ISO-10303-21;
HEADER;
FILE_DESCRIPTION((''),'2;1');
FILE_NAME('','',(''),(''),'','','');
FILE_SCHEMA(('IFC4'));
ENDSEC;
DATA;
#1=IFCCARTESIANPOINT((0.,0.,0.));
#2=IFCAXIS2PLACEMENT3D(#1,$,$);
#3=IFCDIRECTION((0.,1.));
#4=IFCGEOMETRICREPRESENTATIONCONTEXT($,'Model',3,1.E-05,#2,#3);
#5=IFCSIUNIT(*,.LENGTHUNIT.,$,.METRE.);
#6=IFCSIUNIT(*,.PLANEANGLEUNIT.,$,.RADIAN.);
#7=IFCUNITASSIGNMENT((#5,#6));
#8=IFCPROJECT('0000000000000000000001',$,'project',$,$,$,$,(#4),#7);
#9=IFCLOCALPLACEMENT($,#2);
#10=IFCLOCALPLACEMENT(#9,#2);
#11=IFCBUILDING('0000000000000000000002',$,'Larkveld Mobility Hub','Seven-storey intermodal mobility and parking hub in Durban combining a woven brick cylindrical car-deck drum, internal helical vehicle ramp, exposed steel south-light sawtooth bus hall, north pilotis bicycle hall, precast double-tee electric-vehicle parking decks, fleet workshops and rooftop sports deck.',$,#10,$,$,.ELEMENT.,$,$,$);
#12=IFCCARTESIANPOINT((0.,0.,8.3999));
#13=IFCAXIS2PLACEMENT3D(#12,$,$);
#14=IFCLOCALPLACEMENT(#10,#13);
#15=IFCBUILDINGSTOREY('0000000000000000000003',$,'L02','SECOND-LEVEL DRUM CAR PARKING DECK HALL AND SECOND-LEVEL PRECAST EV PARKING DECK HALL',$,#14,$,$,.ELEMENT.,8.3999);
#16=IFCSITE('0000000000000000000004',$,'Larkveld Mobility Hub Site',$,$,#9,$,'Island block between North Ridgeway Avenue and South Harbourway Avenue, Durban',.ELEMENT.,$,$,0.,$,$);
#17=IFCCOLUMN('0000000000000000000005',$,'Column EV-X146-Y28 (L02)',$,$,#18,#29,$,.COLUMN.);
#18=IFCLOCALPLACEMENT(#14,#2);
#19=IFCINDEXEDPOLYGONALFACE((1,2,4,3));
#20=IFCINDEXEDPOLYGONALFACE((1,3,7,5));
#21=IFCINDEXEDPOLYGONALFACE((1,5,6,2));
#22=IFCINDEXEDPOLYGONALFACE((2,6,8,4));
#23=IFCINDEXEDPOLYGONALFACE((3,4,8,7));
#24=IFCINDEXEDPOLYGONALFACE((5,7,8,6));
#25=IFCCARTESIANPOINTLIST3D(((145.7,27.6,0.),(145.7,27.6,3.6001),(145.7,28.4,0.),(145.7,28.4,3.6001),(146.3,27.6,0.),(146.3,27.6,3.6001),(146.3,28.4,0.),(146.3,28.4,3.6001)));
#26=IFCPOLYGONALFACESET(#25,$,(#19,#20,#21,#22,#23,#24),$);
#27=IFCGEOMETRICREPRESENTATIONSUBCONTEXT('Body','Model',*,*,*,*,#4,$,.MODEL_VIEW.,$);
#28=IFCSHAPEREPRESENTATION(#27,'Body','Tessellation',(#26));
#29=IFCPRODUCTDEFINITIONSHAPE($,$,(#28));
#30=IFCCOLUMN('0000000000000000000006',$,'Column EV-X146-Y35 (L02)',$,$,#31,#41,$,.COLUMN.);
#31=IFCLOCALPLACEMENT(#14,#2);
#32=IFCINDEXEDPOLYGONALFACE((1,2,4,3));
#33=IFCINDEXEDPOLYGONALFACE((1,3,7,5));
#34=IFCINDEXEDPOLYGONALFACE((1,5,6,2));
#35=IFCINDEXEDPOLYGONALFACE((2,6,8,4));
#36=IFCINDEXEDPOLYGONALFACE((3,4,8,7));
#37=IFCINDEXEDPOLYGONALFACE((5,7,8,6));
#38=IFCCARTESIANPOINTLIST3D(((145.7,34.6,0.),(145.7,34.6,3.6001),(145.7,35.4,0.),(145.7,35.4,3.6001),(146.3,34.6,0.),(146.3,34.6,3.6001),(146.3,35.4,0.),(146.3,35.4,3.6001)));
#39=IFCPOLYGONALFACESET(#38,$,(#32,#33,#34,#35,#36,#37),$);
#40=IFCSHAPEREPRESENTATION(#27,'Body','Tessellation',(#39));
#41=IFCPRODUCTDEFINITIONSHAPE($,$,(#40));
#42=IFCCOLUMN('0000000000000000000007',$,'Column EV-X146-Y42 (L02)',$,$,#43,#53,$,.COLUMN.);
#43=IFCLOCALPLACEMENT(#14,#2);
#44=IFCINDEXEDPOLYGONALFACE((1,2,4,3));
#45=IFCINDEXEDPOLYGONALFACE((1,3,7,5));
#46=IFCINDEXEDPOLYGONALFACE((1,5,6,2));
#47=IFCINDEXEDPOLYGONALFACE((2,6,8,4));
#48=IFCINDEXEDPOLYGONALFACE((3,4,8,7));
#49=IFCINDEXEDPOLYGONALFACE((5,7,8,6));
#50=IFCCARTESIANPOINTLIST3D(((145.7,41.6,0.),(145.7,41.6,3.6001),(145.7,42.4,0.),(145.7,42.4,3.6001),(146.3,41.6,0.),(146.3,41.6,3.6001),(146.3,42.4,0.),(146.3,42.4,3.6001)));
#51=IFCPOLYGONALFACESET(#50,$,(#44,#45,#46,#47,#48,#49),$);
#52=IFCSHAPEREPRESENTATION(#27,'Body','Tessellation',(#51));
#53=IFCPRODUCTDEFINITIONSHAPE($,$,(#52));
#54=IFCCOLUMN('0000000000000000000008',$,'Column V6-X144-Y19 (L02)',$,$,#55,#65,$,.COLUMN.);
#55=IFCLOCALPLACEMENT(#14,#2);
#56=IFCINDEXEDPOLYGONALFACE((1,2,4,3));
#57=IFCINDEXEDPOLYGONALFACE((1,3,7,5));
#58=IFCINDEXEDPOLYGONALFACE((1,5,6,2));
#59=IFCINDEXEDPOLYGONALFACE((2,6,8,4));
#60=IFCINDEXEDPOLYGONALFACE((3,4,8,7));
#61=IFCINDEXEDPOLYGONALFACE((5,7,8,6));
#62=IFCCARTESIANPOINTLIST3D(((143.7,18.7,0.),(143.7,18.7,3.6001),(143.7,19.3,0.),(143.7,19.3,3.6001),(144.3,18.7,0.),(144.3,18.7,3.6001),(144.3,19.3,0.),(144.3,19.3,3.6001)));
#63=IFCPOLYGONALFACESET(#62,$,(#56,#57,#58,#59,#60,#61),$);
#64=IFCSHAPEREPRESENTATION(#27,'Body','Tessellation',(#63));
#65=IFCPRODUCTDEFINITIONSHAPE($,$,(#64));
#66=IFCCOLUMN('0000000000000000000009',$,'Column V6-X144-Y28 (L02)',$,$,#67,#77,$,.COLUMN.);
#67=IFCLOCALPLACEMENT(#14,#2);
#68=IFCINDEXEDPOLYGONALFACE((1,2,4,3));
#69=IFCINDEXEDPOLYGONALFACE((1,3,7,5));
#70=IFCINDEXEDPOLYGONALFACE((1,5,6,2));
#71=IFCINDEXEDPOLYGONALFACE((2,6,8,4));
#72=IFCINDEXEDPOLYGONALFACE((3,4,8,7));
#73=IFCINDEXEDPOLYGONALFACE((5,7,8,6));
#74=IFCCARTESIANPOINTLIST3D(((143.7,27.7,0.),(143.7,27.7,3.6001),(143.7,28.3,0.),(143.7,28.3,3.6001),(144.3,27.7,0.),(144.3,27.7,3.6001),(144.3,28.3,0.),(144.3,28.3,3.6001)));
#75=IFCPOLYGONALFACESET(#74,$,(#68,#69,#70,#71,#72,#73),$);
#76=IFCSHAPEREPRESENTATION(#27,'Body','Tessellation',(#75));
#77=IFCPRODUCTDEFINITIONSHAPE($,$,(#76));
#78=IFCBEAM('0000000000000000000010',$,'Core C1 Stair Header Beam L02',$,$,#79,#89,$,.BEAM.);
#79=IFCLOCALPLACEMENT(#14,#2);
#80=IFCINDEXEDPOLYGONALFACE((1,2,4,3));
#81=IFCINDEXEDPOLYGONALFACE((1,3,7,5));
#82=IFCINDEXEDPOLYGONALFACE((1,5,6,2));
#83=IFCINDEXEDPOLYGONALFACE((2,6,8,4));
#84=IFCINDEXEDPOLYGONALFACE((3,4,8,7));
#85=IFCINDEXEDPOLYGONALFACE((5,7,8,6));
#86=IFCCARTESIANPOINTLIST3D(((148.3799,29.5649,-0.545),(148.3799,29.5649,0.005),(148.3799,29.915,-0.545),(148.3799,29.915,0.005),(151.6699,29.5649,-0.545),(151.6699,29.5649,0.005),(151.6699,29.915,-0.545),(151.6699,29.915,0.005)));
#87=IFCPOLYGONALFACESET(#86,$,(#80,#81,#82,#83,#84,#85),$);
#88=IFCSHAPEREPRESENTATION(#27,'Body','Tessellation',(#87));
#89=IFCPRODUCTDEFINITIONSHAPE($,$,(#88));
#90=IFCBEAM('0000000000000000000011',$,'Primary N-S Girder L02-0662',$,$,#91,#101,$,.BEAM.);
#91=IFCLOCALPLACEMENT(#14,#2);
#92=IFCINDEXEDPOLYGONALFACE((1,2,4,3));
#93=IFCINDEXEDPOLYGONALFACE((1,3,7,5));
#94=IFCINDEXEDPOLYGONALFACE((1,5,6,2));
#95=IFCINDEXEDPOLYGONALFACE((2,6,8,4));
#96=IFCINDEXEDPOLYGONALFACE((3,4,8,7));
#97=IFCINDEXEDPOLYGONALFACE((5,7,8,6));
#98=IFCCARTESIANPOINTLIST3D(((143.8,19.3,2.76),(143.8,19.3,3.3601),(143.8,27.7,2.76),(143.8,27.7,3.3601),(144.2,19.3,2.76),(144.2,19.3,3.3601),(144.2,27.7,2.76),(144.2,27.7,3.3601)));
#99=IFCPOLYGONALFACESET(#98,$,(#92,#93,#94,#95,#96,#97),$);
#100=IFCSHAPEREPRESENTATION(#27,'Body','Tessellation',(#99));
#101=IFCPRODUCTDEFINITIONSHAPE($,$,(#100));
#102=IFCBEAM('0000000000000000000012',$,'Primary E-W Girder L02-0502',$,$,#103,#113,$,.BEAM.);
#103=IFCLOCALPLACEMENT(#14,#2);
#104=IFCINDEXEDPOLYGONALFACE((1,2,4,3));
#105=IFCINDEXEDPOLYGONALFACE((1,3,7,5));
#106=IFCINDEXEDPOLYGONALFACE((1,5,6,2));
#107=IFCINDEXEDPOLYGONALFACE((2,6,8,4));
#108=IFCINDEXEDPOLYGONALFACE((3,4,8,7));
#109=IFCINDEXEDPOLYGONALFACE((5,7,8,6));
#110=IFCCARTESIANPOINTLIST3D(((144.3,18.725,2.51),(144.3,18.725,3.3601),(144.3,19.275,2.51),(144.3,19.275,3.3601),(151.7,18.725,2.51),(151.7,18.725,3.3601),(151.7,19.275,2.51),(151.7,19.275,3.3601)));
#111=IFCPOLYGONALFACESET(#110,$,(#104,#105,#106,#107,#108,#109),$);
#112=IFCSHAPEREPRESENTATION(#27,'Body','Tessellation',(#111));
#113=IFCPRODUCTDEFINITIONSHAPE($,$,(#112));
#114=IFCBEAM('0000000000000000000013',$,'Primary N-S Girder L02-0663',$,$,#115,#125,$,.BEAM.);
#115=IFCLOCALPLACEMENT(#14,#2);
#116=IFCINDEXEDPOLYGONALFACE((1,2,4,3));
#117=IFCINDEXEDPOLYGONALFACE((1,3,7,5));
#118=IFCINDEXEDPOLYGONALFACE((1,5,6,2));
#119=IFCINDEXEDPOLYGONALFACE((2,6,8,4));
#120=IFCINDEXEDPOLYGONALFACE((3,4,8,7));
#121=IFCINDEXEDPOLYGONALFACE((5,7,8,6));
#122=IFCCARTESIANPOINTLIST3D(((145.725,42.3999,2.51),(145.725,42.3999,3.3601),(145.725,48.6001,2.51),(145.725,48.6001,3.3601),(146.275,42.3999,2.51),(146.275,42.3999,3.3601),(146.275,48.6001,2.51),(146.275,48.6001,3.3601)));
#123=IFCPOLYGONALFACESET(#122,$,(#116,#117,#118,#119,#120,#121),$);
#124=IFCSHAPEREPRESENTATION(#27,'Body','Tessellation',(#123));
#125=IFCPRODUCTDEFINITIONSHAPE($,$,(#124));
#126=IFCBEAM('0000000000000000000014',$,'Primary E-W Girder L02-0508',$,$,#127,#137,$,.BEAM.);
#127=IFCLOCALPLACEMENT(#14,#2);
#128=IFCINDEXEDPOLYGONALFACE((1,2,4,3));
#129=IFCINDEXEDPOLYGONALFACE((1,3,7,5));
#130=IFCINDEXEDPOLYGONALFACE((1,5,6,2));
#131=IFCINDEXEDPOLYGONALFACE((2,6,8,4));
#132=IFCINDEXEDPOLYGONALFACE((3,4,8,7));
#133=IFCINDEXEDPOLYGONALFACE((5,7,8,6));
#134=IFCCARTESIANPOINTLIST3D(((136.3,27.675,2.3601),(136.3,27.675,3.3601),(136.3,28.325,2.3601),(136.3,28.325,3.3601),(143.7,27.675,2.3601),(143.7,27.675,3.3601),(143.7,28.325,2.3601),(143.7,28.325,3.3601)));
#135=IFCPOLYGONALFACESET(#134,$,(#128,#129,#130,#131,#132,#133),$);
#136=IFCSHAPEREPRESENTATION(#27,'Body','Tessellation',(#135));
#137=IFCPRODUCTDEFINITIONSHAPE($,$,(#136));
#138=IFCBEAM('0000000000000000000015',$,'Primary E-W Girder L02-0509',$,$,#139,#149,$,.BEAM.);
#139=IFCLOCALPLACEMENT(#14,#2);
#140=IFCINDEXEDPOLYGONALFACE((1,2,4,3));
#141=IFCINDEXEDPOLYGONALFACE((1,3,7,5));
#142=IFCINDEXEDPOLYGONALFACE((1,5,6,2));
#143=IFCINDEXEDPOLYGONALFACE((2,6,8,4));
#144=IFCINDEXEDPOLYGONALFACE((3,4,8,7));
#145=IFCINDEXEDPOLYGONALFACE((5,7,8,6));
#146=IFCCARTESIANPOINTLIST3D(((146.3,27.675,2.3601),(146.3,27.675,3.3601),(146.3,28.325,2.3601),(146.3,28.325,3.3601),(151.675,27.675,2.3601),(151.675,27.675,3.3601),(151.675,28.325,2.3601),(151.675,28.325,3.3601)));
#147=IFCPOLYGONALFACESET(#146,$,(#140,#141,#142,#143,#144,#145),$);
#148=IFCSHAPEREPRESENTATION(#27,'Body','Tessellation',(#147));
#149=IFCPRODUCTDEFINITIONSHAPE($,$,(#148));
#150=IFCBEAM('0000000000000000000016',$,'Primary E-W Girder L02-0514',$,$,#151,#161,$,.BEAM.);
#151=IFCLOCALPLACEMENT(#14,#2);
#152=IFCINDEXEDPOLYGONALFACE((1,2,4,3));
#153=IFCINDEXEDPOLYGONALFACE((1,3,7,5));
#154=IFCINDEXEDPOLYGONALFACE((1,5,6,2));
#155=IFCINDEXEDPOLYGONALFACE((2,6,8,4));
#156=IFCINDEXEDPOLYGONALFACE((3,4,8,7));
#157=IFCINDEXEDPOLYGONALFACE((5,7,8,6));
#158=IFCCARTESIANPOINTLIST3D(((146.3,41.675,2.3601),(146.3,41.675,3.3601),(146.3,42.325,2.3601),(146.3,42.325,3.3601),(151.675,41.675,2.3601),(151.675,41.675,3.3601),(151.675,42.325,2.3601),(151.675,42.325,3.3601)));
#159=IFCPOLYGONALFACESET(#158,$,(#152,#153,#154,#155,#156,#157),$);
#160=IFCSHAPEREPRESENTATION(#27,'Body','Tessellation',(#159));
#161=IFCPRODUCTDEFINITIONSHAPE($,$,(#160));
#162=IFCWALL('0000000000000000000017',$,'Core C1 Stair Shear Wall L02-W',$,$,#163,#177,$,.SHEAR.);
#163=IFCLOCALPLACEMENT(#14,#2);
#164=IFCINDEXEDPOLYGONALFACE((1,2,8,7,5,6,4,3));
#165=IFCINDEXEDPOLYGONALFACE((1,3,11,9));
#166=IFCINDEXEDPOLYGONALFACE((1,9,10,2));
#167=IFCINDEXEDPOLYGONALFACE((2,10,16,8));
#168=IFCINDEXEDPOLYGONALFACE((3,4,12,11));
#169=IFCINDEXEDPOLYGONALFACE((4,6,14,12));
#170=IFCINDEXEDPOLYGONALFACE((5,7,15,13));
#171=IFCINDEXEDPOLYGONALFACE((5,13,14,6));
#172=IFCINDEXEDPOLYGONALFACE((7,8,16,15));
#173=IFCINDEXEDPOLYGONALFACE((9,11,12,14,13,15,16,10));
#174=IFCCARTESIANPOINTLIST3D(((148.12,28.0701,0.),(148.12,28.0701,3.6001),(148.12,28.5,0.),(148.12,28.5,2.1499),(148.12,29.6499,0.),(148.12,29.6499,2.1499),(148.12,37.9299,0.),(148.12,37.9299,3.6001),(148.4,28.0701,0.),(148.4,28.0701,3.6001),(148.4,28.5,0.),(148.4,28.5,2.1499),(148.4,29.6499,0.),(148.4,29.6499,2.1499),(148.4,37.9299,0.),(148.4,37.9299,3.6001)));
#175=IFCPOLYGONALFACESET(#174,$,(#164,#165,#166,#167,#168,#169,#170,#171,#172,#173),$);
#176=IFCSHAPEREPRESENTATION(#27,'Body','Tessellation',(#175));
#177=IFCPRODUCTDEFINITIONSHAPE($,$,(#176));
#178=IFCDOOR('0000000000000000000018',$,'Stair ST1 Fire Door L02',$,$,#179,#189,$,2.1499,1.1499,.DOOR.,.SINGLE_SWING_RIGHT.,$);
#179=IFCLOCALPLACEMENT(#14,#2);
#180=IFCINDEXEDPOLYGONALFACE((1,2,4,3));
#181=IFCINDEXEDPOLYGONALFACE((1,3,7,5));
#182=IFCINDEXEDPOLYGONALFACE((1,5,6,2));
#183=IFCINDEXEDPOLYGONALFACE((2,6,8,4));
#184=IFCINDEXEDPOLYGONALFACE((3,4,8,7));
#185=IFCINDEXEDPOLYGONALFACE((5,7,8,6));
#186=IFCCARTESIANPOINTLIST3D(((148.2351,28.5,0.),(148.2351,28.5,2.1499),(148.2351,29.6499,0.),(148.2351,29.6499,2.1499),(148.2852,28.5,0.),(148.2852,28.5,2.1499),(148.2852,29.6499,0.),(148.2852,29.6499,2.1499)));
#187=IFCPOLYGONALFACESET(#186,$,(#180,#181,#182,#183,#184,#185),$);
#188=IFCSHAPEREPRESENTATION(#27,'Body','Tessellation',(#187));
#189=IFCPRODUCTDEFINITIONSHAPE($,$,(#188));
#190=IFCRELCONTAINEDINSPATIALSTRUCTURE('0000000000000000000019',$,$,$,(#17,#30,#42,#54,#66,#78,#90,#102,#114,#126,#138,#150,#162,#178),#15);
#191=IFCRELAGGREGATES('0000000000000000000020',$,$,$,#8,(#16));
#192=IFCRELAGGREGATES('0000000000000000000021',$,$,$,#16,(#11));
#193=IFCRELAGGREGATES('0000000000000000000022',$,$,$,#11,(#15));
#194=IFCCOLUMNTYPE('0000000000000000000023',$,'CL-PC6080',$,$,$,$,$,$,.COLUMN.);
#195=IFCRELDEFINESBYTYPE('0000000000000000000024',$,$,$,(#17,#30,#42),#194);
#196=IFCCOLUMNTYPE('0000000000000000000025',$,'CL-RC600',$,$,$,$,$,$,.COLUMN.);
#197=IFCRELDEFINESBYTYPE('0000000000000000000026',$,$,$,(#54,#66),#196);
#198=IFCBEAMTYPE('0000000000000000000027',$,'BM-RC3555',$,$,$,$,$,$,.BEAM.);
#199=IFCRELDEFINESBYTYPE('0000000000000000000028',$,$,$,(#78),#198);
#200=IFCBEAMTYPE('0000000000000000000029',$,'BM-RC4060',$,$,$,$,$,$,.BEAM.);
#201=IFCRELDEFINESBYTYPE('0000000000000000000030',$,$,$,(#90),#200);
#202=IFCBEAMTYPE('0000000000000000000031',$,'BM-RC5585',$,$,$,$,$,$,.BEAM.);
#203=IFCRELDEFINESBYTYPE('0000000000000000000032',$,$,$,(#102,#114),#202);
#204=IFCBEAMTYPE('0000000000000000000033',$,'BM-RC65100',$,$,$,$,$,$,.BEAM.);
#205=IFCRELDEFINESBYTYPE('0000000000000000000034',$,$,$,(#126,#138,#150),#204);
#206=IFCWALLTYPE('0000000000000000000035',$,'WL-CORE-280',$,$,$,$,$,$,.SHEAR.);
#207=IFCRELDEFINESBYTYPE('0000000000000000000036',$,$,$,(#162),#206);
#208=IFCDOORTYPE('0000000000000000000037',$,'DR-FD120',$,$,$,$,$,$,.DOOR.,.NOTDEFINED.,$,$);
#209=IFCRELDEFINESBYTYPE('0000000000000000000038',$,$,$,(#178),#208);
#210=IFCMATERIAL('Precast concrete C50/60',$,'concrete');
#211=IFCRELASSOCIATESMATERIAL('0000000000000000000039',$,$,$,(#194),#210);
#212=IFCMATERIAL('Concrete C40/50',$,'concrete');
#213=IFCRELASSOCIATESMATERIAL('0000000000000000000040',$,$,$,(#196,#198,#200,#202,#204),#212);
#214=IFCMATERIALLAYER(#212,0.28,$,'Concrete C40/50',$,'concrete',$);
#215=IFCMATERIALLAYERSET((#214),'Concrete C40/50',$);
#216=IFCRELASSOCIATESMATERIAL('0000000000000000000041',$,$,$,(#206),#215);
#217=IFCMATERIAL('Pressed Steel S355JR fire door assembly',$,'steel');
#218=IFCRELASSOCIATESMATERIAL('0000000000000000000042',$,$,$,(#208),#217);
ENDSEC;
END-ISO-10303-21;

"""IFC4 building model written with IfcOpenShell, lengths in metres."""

from ifc_helpers import new_model, si_unit, direction, frame, frame_2d, origin, origin_2d, place, context, subcontext, project, spatial, rectangle, extrude, material, layer, layer_set, material_profile, profile_set, type_object, element, fill, save


model = new_model("IFC4")

# Units and contexts
model_context = context("Model", 3, precision=1e-05, world=origin(), true_north=direction((0.0, 1.0)))
body_context = subcontext(model_context, "Body", "Model", "MODEL_VIEW")
ifc_project = project(units=[si_unit("LENGTHUNIT", "METRE"), si_unit("PLANEANGLEUNIT", "RADIAN")], contexts=[model_context])

# Site, building, storey
site_placement = place(None, origin())
site = spatial("IfcSite", under=ifc_project, at=site_placement, Name="Larkveld Mobility Hub Site", LongName="Island block between North Ridgeway Avenue and South Harbourway Avenue, Durban", CompositionType="ELEMENT", RefElevation=0.0)
building_placement = place(site_placement, origin())
building = spatial("IfcBuilding", under=site, at=building_placement, Name="Larkveld Mobility Hub", Description="Seven-storey intermodal mobility and parking hub in Durban combining a woven brick cylindrical car-deck drum, internal helical vehicle ramp, exposed steel south-light sawtooth bus hall, north pilotis bicycle hall, precast double-tee electric-vehicle parking decks, fleet workshops and rooftop sports deck.", CompositionType="ELEMENT")
storey_placement = place(building_placement, frame((0.0, 0.0, 8.3999)))
storey = spatial("IfcBuildingStorey", under=building, at=storey_placement, Name="L02", Description="SECOND-LEVEL DRUM CAR PARKING DECK HALL AND SECOND-LEVEL PRECAST EV PARKING DECK HALL", CompositionType="ELEMENT", Elevation=8.3999)

# Columns
ifc_material_1 = material(Name="Precast concrete C50/60", Category="concrete")
ifc_material_profile_1 = material_profile(ifc_material_1, rectangle(XDim=0.6001, YDim=0.8, at=origin_2d()), Name="RC COL 600x800")
ifc_profile_set_1 = profile_set([ifc_material_profile_1], Name="Precast concrete C50/60")
column_type_1 = type_object("IfcColumnType", Name="CL-PC6080", PredefinedType="COLUMN", material=ifc_profile_set_1)
for number, where, z_axis, x_axis, name in (
    (1, (146.0, 28.0, 0.0), (0.0, 0.0, 1.0), (1.0, 0.0, 0.0), "Column EV-X146-Y28 (L02)"),
    (2, (146.0, 35.0, 0.0), (0.0, 0.0, 1.0), (1.0, 0.0, 0.0), "Column EV-X146-Y35 (L02)"),
    (3, (146.0, 42.0, 0.0), (0.0, 0.0, 1.0), (1.0, 0.0, 0.0), "Column EV-X146-Y42 (L02)"),
):
    element("IfcColumn", number, at=place(storey_placement, frame(where, z_axis=z_axis, x_axis=x_axis)), inside=storey, type_object=column_type_1, Name=name, PredefinedType="COLUMN", context=body_context, shape_type="SweptSolid", body=[
        extrude(rectangle(XDim=0.6001, YDim=0.8, at=origin_2d()), origin(), (0.0, 0.0, 1.0), 3.6001),
    ])
ifc_material_2 = material(Name="Concrete C40/50", Category="concrete")
ifc_material_profile_2 = material_profile(ifc_material_2, rectangle(XDim=0.6001, YDim=0.6001, at=origin_2d()), Name="RC COL 600x600")
ifc_profile_set_2 = profile_set([ifc_material_profile_2], Name="Concrete C40/50")
column_type_2 = type_object("IfcColumnType", Name="CL-RC600", PredefinedType="COLUMN", material=ifc_profile_set_2)
for number, where, z_axis, x_axis, name in (
    (4, (144.0, 19.0, 0.0), (0.0, 0.0, 1.0), (1.0, 0.0, 0.0), "Column V6-X144-Y19 (L02)"),
    (5, (144.0, 28.0, 0.0), (0.0, 0.0, 1.0), (1.0, 0.0, 0.0), "Column V6-X144-Y28 (L02)"),
):
    element("IfcColumn", number, at=place(storey_placement, frame(where, z_axis=z_axis, x_axis=x_axis)), inside=storey, type_object=column_type_2, Name=name, PredefinedType="COLUMN", context=body_context, shape_type="SweptSolid", body=[
        extrude(rectangle(XDim=0.6001, YDim=0.6001, at=origin_2d()), origin(), (0.0, 0.0, 1.0), 3.6001),
    ])

# Beams
ifc_material_profile_3 = material_profile(ifc_material_2, rectangle(XDim=0.3501, YDim=0.55, at=origin_2d()), Name="RC BM 350x550")
ifc_profile_set_3 = profile_set([ifc_material_profile_3], Name="Concrete C40/50")
beam_type_1 = type_object("IfcBeamType", Name="BM-RC3555", PredefinedType="BEAM", material=ifc_profile_set_3)
beam_1_placement = place(storey_placement, frame((148.3799, 29.74, -0.27), z_axis=(1.0, 0.0, 0.0), x_axis=(0.0, 1.0, 0.0)))
element("IfcBeam", 6, at=beam_1_placement, inside=storey, type_object=beam_type_1, Name="Core C1 Stair Header Beam L02", PredefinedType="BEAM", context=body_context, shape_type="SweptSolid", body=[
    extrude(rectangle(XDim=0.3501, YDim=0.55, at=origin_2d()), origin(), (0.0, 0.0, 1.0), 3.29),
])
ifc_material_profile_4 = material_profile(ifc_material_2, rectangle(XDim=0.3999, YDim=0.6001, at=origin_2d()), Name="RC BM 400x600")
ifc_profile_set_4 = profile_set([ifc_material_profile_4], Name="Concrete C40/50")
beam_type_2 = type_object("IfcBeamType", Name="BM-RC4060", PredefinedType="BEAM", material=ifc_profile_set_4)
beam_2_placement = place(storey_placement, frame((144.0, 19.3, 3.0601), z_axis=(0.0, 1.0, 0.0), x_axis=(-1.0, 0.0, 0.0)))
element("IfcBeam", 7, at=beam_2_placement, inside=storey, type_object=beam_type_2, Name="Primary N-S Girder L02-0662", PredefinedType="BEAM", context=body_context, shape_type="SweptSolid", body=[
    extrude(rectangle(XDim=0.3999, YDim=0.6001, at=origin_2d()), origin(), (0.0, 0.0, 1.0), 8.3999),
])
ifc_material_profile_5 = material_profile(ifc_material_2, rectangle(XDim=0.55, YDim=0.8501, at=origin_2d()), Name="RC BM 550x850")
ifc_profile_set_5 = profile_set([ifc_material_profile_5], Name="Concrete C40/50")
beam_type_3 = type_object("IfcBeamType", Name="BM-RC5585", PredefinedType="BEAM", material=ifc_profile_set_5)
beam_3_placement = place(storey_placement, frame((144.3, 19.0, 2.9351), z_axis=(1.0, 0.0, 0.0), x_axis=(0.0, 1.0, 0.0)))
element("IfcBeam", 8, at=beam_3_placement, inside=storey, type_object=beam_type_3, Name="Primary E-W Girder L02-0502", PredefinedType="BEAM", context=body_context, shape_type="SweptSolid", body=[
    extrude(rectangle(XDim=0.55, YDim=0.8501, at=origin_2d()), origin(), (0.0, 0.0, 1.0), 7.3999),
])
beam_4_placement = place(storey_placement, frame((146.0, 42.3999, 2.9351), z_axis=(0.0, 1.0, 0.0), x_axis=(-1.0, 0.0, 0.0)))
element("IfcBeam", 9, at=beam_4_placement, inside=storey, type_object=beam_type_3, Name="Primary N-S Girder L02-0663", PredefinedType="BEAM", context=body_context, shape_type="SweptSolid", body=[
    extrude(rectangle(XDim=0.55, YDim=0.8501, at=origin_2d()), origin(), (0.0, 0.0, 1.0), 6.2002),
])
ifc_material_profile_6 = material_profile(ifc_material_2, rectangle(XDim=0.6499, YDim=1.0, at=origin_2d()), Name="RC BM 650x1000")
ifc_profile_set_6 = profile_set([ifc_material_profile_6], Name="Concrete C40/50")
beam_type_4 = type_object("IfcBeamType", Name="BM-RC65100", PredefinedType="BEAM", material=ifc_profile_set_6)
beam_5_placement = place(storey_placement, frame((136.3, 28.0, 2.8601), z_axis=(1.0, 0.0, 0.0), x_axis=(0.0, 1.0, 0.0)))
element("IfcBeam", 10, at=beam_5_placement, inside=storey, type_object=beam_type_4, Name="Primary E-W Girder L02-0508", PredefinedType="BEAM", context=body_context, shape_type="SweptSolid", body=[
    extrude(rectangle(XDim=0.6499, YDim=1.0, at=origin_2d()), origin(), (0.0, 0.0, 1.0), 7.3999),
])
for number, where, z_axis, x_axis, name in (
    (11, (146.3, 28.0, 2.8601), (1.0, 0.0, 0.0), (0.0, 1.0, 0.0), "Primary E-W Girder L02-0509"),
    (12, (146.3, 42.0, 2.8601), (1.0, 0.0, 0.0), (0.0, 1.0, 0.0), "Primary E-W Girder L02-0514"),
):
    element("IfcBeam", number, at=place(storey_placement, frame(where, z_axis=z_axis, x_axis=x_axis)), inside=storey, type_object=beam_type_4, Name=name, PredefinedType="BEAM", context=body_context, shape_type="SweptSolid", body=[
        extrude(rectangle(XDim=0.6499, YDim=1.0, at=origin_2d()), origin(), (0.0, 0.0, 1.0), 5.375),
    ])

# Wall, opening, door
ifc_layer_1 = layer(ifc_material_2, 0.28, Name="Concrete C40/50", Category="concrete")
ifc_layer_set_1 = layer_set([ifc_layer_1], Name="Concrete C40/50")
wall_type_1 = type_object("IfcWallType", Name="WL-CORE-280", PredefinedType="SHEAR", material=ifc_layer_set_1)
wall_1_placement = place(storey_placement, frame((148.26, 28.0701, 0.0), z_axis=(0.0, 0.0, 1.0), x_axis=(0.0, 1.0, 0.0)))
wall_1 = element("IfcWall", 13, at=wall_1_placement, inside=storey, type_object=wall_type_1, Name="Core C1 Stair Shear Wall L02-W", PredefinedType="SHEAR", context=body_context, shape_type="SweptSolid", body=[
    extrude(rectangle(XDim=9.8599, YDim=0.28, at=frame_2d((4.9299, 0.0))), origin(), (0.0, 0.0, 1.0), 3.6001),
])
opening_1_placement = place(wall_1_placement, frame((0.4299, 0.0, 0.0)))
opening_1 = element("IfcOpeningElement", 14, at=opening_1_placement, cuts=wall_1, PredefinedType="OPENING", context=body_context, shape_type="SweptSolid", body=[
    extrude(rectangle(XDim=1.1499, YDim=2.1499, at=frame_2d((0.575, 1.075))), frame((0.0, 0.1499, 0.0), z_axis=(0.0, -1.0, 0.0), x_axis=(1.0, 0.0, 0.0)), (0.0, 0.0, 1.0), 0.3),
])
ifc_material_3 = material(Name="Pressed Steel S355JR fire door assembly", Category="steel")
door_type_1 = type_object("IfcDoorType", Name="DR-FD120", OperationType="NOTDEFINED", PredefinedType="DOOR", material=ifc_material_3)
door_1_placement = place(opening_1_placement, origin())
door_1 = element("IfcDoor", 15, at=door_1_placement, inside=storey, type_object=door_type_1, Name="Stair ST1 Fire Door L02", OperationType="SINGLE_SWING_RIGHT", OverallHeight=2.1499, OverallWidth=1.1499, PredefinedType="DOOR", context=body_context, shape_type="SweptSolid", body=[
    extrude(rectangle(XDim=1.1499, YDim=2.1499, at=frame_2d((0.575, 1.075))), frame((0.0, 0.0249, 0.0), z_axis=(0.0, -1.0, 0.0), x_axis=(1.0, 0.0, 0.0)), (0.0, 0.0, 1.0), 0.05),
])
fill(opening_1, door_1)

save(model, "model.ifc")
